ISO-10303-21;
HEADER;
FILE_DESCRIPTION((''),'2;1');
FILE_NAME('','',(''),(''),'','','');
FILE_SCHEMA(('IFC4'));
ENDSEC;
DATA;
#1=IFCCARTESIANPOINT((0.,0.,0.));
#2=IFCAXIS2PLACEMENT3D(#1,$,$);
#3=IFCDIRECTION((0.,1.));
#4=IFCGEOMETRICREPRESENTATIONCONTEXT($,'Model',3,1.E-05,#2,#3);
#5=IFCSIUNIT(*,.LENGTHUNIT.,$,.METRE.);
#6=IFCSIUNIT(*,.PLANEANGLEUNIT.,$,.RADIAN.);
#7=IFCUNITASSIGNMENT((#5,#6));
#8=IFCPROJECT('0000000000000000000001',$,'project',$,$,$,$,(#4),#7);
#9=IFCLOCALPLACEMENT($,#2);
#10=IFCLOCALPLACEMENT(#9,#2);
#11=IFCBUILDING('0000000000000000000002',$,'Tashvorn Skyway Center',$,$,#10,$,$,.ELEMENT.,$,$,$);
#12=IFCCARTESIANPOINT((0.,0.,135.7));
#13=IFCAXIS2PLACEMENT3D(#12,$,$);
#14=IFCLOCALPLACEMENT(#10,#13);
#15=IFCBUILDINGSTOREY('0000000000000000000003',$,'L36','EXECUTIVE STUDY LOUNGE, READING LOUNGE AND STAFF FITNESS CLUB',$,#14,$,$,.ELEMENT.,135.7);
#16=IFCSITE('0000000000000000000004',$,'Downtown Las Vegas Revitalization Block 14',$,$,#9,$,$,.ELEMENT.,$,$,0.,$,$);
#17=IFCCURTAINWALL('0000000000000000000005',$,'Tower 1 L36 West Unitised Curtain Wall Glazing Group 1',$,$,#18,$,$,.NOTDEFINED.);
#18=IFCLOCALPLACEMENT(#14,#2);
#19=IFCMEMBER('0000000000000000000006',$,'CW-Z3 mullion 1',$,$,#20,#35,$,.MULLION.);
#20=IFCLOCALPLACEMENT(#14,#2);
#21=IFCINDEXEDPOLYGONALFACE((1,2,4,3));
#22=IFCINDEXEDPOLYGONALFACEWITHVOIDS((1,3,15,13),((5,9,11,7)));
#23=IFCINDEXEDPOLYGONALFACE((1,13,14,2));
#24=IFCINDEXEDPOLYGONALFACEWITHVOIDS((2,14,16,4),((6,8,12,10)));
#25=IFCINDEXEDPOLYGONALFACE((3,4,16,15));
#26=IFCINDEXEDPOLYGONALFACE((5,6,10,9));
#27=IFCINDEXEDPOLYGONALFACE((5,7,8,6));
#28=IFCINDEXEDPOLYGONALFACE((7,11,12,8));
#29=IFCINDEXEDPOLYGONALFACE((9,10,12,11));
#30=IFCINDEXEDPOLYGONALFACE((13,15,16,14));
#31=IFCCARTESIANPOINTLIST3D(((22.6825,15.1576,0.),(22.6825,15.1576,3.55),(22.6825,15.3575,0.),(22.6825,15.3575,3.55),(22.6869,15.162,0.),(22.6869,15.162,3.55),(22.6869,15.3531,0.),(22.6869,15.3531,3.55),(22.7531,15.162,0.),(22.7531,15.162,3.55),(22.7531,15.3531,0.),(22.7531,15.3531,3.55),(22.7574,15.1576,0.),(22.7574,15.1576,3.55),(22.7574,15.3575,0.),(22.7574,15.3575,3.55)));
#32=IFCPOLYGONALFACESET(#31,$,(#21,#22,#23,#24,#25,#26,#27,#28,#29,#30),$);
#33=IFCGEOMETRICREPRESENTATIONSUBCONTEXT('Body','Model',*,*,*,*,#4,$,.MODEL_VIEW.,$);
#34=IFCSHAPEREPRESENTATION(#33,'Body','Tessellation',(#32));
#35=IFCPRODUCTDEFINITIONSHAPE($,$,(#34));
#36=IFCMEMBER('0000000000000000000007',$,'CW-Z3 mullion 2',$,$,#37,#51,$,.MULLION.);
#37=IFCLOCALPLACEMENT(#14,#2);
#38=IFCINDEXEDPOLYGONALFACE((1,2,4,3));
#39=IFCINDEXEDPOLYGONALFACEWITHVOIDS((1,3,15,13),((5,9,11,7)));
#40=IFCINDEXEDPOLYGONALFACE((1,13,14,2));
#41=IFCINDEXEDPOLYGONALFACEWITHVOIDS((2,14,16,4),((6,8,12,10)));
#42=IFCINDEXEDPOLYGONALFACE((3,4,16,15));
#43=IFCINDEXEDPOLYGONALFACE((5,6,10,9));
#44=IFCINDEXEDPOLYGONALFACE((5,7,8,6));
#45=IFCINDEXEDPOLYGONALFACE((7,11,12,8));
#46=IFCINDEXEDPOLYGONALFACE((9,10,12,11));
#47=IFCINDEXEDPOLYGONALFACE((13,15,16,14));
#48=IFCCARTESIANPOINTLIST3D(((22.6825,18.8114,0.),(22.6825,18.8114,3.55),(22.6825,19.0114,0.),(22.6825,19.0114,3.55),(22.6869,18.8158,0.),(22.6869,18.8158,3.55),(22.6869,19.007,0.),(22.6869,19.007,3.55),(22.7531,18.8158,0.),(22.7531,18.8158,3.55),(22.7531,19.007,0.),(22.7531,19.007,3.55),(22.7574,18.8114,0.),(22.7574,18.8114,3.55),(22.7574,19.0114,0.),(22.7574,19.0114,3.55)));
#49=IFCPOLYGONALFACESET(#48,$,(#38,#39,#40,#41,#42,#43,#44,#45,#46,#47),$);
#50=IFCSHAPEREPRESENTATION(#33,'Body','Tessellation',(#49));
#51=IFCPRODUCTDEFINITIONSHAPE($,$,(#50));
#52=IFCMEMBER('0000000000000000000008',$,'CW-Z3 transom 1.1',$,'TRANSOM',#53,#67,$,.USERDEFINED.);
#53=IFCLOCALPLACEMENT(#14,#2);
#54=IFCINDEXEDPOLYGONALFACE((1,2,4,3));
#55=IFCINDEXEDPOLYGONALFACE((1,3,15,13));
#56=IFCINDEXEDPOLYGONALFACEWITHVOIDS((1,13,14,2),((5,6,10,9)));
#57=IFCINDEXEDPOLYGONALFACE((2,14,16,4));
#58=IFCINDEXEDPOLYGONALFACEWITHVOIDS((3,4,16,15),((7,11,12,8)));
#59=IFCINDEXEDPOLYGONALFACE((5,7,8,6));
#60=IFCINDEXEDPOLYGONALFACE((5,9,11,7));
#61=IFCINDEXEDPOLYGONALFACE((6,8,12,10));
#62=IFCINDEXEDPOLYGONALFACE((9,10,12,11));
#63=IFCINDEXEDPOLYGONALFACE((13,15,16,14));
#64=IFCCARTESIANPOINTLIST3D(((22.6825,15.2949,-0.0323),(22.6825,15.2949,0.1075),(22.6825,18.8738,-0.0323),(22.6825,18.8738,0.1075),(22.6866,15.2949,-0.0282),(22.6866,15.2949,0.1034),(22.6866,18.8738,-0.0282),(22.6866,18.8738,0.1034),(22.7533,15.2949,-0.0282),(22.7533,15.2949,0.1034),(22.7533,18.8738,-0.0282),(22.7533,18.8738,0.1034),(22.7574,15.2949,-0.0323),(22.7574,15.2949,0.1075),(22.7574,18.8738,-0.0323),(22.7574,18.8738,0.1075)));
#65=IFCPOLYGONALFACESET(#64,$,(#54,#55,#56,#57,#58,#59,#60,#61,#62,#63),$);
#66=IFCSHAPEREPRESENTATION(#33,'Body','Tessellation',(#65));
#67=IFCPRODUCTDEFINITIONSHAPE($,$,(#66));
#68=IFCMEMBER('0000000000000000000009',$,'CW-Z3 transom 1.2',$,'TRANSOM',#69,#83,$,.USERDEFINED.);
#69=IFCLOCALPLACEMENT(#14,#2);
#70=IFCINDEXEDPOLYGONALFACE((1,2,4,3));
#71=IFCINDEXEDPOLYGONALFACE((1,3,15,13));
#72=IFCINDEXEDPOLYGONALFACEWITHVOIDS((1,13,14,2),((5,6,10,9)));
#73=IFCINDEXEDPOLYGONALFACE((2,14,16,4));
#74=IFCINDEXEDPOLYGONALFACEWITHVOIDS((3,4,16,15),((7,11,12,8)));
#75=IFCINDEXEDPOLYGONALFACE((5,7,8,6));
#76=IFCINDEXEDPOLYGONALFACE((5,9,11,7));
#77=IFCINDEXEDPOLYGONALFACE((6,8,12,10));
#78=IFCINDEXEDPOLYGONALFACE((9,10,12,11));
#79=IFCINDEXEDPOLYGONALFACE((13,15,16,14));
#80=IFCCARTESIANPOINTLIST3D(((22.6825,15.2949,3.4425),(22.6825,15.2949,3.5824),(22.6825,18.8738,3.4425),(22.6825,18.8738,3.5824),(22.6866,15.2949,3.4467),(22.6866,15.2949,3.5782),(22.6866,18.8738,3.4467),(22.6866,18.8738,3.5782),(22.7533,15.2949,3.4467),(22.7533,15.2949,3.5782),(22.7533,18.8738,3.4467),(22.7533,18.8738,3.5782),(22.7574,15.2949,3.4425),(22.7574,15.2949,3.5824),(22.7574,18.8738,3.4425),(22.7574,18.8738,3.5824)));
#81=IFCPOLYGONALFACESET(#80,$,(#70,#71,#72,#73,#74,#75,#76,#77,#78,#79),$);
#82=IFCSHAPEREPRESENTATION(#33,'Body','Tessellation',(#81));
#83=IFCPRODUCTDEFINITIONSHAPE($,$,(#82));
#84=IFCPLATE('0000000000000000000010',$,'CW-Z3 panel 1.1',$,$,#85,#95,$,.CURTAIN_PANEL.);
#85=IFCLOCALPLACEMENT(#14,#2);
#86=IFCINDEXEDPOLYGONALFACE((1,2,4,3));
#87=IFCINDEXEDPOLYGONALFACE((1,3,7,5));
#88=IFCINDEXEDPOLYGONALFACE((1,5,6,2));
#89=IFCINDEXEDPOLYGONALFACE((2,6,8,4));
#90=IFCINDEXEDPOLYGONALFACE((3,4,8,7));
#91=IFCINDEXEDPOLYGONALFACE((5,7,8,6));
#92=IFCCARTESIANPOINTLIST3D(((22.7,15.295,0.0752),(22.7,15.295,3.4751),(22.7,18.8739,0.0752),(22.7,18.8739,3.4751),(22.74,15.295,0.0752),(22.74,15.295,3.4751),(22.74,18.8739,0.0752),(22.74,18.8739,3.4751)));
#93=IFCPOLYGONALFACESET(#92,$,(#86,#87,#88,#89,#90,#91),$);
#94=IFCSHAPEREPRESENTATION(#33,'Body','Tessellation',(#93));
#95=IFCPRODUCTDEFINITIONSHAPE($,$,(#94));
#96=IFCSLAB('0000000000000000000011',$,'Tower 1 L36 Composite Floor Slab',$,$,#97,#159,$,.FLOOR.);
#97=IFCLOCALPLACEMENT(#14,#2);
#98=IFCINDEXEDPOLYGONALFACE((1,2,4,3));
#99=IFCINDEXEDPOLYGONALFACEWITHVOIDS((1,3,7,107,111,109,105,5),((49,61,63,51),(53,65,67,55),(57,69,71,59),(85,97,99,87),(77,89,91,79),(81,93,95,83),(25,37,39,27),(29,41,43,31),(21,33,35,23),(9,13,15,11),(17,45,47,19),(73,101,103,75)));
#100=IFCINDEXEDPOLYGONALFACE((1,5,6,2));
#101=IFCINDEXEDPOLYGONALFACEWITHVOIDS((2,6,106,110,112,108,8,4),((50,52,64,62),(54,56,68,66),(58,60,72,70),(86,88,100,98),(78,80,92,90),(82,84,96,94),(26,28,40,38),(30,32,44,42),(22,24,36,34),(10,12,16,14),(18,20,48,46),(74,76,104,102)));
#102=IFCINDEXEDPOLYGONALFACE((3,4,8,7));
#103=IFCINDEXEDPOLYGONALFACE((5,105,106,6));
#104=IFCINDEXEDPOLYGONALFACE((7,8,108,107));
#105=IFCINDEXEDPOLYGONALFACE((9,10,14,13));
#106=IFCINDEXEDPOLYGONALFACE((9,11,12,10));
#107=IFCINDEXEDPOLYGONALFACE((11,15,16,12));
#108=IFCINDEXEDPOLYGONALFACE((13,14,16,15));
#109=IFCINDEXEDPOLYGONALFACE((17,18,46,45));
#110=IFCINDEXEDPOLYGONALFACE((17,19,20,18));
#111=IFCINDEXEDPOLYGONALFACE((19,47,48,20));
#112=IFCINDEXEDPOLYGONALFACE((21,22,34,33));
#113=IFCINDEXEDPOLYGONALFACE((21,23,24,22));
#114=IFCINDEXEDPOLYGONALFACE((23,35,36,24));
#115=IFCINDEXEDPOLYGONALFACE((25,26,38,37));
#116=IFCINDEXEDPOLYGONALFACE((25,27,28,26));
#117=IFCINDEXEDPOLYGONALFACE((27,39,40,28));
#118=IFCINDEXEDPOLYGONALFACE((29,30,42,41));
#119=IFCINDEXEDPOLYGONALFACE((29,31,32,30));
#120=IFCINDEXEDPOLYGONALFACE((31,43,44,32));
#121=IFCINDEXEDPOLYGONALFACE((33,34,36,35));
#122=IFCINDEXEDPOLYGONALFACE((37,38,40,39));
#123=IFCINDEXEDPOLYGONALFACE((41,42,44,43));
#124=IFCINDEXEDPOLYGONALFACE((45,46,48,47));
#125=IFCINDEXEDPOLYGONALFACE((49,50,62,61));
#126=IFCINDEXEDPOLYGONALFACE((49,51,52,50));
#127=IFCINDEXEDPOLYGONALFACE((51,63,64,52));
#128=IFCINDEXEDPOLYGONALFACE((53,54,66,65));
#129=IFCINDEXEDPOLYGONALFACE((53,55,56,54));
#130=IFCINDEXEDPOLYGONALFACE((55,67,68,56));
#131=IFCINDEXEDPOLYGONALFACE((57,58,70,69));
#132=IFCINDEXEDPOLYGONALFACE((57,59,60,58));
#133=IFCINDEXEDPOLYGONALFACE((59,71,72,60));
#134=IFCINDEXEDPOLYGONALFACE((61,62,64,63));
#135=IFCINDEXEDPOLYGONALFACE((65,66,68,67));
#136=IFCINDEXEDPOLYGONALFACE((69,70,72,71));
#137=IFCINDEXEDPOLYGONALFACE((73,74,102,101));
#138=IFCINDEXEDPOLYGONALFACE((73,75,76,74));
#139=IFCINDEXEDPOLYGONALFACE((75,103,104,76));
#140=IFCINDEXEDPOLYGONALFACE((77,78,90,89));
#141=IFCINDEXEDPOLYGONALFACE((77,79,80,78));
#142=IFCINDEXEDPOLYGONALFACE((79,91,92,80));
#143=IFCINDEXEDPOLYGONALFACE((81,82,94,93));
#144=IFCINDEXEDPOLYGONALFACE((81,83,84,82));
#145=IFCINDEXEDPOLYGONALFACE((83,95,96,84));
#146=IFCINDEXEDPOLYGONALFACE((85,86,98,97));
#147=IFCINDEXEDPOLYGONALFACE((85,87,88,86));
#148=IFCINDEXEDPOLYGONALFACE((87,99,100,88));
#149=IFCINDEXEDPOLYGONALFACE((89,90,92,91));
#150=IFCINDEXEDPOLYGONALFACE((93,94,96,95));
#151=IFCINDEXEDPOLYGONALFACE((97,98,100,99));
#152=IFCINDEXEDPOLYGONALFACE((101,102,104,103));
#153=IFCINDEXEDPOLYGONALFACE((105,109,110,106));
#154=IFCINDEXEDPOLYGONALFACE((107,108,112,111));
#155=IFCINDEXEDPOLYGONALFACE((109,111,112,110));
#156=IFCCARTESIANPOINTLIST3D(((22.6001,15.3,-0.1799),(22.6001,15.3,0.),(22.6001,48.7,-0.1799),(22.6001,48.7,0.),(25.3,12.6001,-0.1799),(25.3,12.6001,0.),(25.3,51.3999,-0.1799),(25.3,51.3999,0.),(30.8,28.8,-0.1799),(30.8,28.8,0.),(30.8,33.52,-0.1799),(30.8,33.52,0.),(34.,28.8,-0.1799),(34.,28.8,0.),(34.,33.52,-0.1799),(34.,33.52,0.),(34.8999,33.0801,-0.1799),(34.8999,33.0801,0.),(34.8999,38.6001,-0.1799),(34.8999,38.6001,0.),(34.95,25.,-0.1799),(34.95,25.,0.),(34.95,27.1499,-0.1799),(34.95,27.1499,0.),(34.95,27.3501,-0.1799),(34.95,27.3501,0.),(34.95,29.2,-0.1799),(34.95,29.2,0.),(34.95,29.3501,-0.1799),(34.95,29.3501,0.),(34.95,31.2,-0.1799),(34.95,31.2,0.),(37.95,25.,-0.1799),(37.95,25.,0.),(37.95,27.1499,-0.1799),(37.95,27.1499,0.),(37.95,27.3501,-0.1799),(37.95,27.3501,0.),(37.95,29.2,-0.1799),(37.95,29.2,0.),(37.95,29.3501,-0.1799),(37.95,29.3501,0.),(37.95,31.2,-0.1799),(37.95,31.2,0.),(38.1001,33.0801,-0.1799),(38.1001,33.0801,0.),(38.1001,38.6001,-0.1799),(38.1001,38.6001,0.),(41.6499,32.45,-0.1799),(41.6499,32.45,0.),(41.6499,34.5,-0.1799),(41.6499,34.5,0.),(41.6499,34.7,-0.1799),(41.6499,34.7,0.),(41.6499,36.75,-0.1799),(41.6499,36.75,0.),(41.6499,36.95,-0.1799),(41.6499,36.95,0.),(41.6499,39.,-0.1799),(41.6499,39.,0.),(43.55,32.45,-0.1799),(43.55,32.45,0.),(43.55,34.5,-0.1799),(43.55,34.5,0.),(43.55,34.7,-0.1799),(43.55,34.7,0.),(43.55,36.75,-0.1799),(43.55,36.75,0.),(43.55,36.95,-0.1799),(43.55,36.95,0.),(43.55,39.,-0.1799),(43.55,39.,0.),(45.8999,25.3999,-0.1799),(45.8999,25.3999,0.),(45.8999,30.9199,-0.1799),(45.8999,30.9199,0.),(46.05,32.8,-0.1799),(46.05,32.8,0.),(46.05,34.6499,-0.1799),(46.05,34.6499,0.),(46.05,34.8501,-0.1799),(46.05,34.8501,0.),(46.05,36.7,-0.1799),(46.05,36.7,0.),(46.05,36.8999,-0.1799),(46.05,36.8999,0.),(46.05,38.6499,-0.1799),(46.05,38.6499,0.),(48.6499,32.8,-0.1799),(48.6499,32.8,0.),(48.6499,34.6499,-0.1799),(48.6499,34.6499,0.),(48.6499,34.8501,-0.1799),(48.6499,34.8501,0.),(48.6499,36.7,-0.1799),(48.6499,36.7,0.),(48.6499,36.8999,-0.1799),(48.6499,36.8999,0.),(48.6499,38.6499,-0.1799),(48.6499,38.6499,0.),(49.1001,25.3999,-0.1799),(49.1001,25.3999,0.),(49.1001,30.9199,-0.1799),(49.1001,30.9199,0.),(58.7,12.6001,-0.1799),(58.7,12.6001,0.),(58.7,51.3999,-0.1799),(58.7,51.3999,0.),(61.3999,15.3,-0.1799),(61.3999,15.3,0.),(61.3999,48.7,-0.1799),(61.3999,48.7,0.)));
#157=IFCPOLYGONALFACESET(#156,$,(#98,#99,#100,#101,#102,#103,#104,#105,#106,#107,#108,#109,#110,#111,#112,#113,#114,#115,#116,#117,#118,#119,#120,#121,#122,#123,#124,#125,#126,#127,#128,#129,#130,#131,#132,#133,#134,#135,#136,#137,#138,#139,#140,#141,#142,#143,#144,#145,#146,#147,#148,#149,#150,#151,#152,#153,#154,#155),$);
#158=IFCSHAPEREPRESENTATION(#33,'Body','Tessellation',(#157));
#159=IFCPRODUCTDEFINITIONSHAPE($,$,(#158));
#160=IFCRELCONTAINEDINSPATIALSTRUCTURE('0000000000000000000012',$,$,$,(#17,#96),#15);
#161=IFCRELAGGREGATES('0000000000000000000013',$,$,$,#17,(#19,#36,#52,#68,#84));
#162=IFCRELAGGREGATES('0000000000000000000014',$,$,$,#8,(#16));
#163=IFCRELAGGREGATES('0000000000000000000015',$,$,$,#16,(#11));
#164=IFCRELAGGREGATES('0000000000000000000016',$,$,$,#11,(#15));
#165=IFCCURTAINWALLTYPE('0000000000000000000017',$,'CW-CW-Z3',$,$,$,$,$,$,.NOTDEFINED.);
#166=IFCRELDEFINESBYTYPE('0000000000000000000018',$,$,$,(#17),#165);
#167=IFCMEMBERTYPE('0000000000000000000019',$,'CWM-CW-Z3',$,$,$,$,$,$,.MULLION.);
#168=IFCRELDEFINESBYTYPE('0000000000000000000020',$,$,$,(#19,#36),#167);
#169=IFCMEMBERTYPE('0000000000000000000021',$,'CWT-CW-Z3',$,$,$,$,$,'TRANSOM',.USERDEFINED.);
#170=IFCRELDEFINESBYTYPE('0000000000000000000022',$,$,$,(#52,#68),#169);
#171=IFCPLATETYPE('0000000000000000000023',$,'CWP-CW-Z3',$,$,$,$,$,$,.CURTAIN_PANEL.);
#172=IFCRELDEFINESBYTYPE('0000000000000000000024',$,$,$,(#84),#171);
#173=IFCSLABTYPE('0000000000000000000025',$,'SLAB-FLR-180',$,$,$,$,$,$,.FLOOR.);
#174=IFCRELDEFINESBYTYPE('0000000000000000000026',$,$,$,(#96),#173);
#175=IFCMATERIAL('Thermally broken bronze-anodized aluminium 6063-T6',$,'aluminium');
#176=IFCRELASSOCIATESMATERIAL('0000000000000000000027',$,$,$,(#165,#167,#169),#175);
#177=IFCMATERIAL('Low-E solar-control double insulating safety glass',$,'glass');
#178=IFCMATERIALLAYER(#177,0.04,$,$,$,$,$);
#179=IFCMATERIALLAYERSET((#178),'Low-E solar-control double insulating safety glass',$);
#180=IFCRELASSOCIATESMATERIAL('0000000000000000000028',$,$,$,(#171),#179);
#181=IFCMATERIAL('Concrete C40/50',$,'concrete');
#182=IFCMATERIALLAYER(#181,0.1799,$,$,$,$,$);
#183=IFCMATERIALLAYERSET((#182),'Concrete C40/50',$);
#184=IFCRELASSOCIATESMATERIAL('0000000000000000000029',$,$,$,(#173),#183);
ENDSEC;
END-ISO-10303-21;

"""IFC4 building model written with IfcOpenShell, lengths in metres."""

from ifc_helpers import new_model, si_unit, direction, frame, origin, origin_2d, place, context, subcontext, project, spatial, polyline, rectangle, hollow_rectangle, outline, extrude, material, layer, layer_set, material_profile, profile_set, type_object, element, aggregate, save


model = new_model("IFC4")

# Units and contexts
model_context = context("Model", 3, precision=1e-05, world=origin(), true_north=direction((0.0, 1.0)))
body_context = subcontext(model_context, "Body", "Model", "MODEL_VIEW")
ifc_project = project(units=[si_unit("LENGTHUNIT", "METRE"), si_unit("PLANEANGLEUNIT", "RADIAN")], contexts=[model_context])

# Site, building, storey
site_placement = place(None, origin())
site = spatial("IfcSite", under=ifc_project, at=site_placement, Name="Downtown Las Vegas Revitalization Block 14", CompositionType="ELEMENT", RefElevation=0.0)
building_placement = place(site_placement, origin())
building = spatial("IfcBuilding", under=site, at=building_placement, Name="Tashvorn Skyway Center", CompositionType="ELEMENT")
storey_placement = place(building_placement, frame((0.0, 0.0, 135.7)))
storey = spatial("IfcBuildingStorey", under=building, at=storey_placement, Name="L36", Description="EXECUTIVE STUDY LOUNGE, READING LOUNGE AND STAFF FITNESS CLUB", CompositionType="ELEMENT", Elevation=135.7)

# Curtain wall, members, plate
ifc_material_1 = material(Name="Thermally broken bronze-anodized aluminium 6063-T6", Category="aluminium")
curtain_wall_type = type_object("IfcCurtainWallType", Name="CW-CW-Z3", PredefinedType="NOTDEFINED", material=ifc_material_1)
curtain_wall_placement = place(storey_placement, origin())
curtain_wall = element("IfcCurtainWall", 1, at=curtain_wall_placement, inside=storey, type_object=curtain_wall_type, Name="Tower 1 L36 West Unitised Curtain Wall Glazing Group 1", PredefinedType="NOTDEFINED")
ifc_material_profile_1 = material_profile(ifc_material_1, hollow_rectangle(XDim=0.075, YDim=0.2, WallThickness=0.0044, at=origin_2d()), Name="ALU-MULL-75x200")
ifc_profile_set_1 = profile_set([ifc_material_profile_1], Name="Thermally broken bronze-anodized aluminium 6063-T6")
member_type_1 = type_object("IfcMemberType", Name="CWM-CW-Z3", PredefinedType="MULLION", material=ifc_profile_set_1)
member_1_placement = place(storey_placement, frame((22.72, 15.2576, 0.0), z_axis=(0.0, 0.0, 1.0), x_axis=(-1.0, 0.0, 0.0)))
member_1 = element("IfcMember", 2, at=member_1_placement, type_object=member_type_1, Name="CW-Z3 mullion 1", PredefinedType="MULLION", context=body_context, shape_type="SweptSolid", body=[
    extrude(hollow_rectangle(XDim=0.075, YDim=0.2, WallThickness=0.0044, at=origin_2d()), origin(), (0.0, 0.0, 1.0), 3.55),
])
member_2_placement = place(storey_placement, frame((22.72, 18.9114, 0.0), z_axis=(0.0, 0.0, 1.0), x_axis=(-1.0, 0.0, 0.0)))
member_2 = element("IfcMember", 3, at=member_2_placement, type_object=member_type_1, Name="CW-Z3 mullion 2", PredefinedType="MULLION", context=body_context, shape_type="SweptSolid", body=[
    extrude(hollow_rectangle(XDim=0.075, YDim=0.2, WallThickness=0.0044, at=origin_2d()), origin(), (0.0, 0.0, 1.0), 3.55),
])
ifc_material_profile_2 = material_profile(ifc_material_1, hollow_rectangle(XDim=0.075, YDim=0.1399, WallThickness=0.0042, at=origin_2d()), Name="ALU-TRAN-75x140")
ifc_profile_set_2 = profile_set([ifc_material_profile_2], Name="Thermally broken bronze-anodized aluminium 6063-T6")
member_type_2 = type_object("IfcMemberType", Name="CWT-CW-Z3", ElementType="TRANSOM", PredefinedType="USERDEFINED", material=ifc_profile_set_2)
member_3_placement = place(storey_placement, frame((22.72, 15.2949, 0.0376), z_axis=(0.0, 1.0, 0.0), x_axis=(-1.0, 0.0, 0.0)))
member_3 = element("IfcMember", 4, at=member_3_placement, type_object=member_type_2, Name="CW-Z3 transom 1.1", ObjectType="TRANSOM", PredefinedType="USERDEFINED", context=body_context, shape_type="SweptSolid", body=[
    extrude(hollow_rectangle(XDim=0.075, YDim=0.1399, WallThickness=0.0042, at=origin_2d()), origin(), (0.0, 0.0, 1.0), 3.5789),
])
member_4_placement = place(storey_placement, frame((22.72, 15.2949, 3.5125), z_axis=(0.0, 1.0, 0.0), x_axis=(-1.0, 0.0, 0.0)))
member_4 = element("IfcMember", 5, at=member_4_placement, type_object=member_type_2, Name="CW-Z3 transom 1.2", ObjectType="TRANSOM", PredefinedType="USERDEFINED", context=body_context, shape_type="SweptSolid", body=[
    extrude(hollow_rectangle(XDim=0.075, YDim=0.1399, WallThickness=0.0042, at=origin_2d()), origin(), (0.0, 0.0, 1.0), 3.5789),
])
ifc_material_2 = material(Name="Low-E solar-control double insulating safety glass", Category="glass")
ifc_layer_1 = layer(ifc_material_2, 0.04)
ifc_layer_set_1 = layer_set([ifc_layer_1], Name="Low-E solar-control double insulating safety glass")
plate_type = type_object("IfcPlateType", Name="CWP-CW-Z3", PredefinedType="CURTAIN_PANEL", material=ifc_layer_set_1)
plate_placement = place(storey_placement, frame((22.72, 17.0845, 0.0752), z_axis=(0.0, 0.0, 1.0), x_axis=(0.0, 1.0, 0.0)))
plate = element("IfcPlate", 6, at=plate_placement, type_object=plate_type, Name="CW-Z3 panel 1.1", PredefinedType="CURTAIN_PANEL", context=body_context, shape_type="SweptSolid", body=[
    extrude(rectangle(XDim=3.5789, YDim=0.04, at=origin_2d()), origin(), (0.0, 0.0, 1.0), 3.3999),
])
aggregate(curtain_wall, [member_1, member_2, member_3, member_4, plate])

# Slab
ifc_material_3 = material(Name="Concrete C40/50", Category="concrete")
ifc_layer_2 = layer(ifc_material_3, 0.1799)
ifc_layer_set_2 = layer_set([ifc_layer_2], Name="Concrete C40/50")
slab_type_1 = type_object("IfcSlabType", Name="SLAB-FLR-180", PredefinedType="FLOOR", material=ifc_layer_set_2)
slab_1_placement = place(storey_placement, frame((0.0, 0.0, -0.1799)))
element("IfcSlab", 7, at=slab_1_placement, inside=storey, type_object=slab_type_1, Name="Tower 1 L36 Composite Floor Slab", PredefinedType="FLOOR", context=body_context, shape_type="SweptSolid", body=[
    extrude(outline(polyline([(25.3, 12.6001), (58.7, 12.6001), (61.3999, 15.3), (61.3999, 48.7), (58.7, 51.3999), (25.3, 51.3999), (22.6001, 48.7), (22.6001, 15.3), (25.3, 12.6001)]), holes=[polyline([(38.1001, 33.0801), (38.1001, 38.6001), (34.8999, 38.6001), (34.8999, 33.0801), (38.1001, 33.0801)]), polyline([(45.8999, 30.9199), (45.8999, 25.3999), (49.1001, 25.3999), (49.1001, 30.9199), (45.8999, 30.9199)]), polyline([(30.8, 33.52), (30.8, 28.8), (34.0, 28.8), (34.0, 33.52), (30.8, 33.52)]), polyline([(34.95, 29.3501), (37.95, 29.3501), (37.95, 31.2), (34.95, 31.2), (34.95, 29.3501)]), polyline([(34.95, 27.3501), (37.95, 27.3501), (37.95, 29.2), (34.95, 29.2), (34.95, 27.3501)]), polyline([(34.95, 25.0), (37.95, 25.0), (37.95, 27.1499), (34.95, 27.1499), (34.95, 25.0)]), polyline([(41.6499, 32.45), (43.55, 32.45), (43.55, 34.5), (41.6499, 34.5), (41.6499, 32.45)]), polyline([(41.6499, 34.7), (43.55, 34.7), (43.55, 36.75), (41.6499, 36.75), (41.6499, 34.7)]), polyline([(41.6499, 36.95), (43.55, 36.95), (43.55, 39.0), (41.6499, 39.0), (41.6499, 36.95)]), polyline([(46.05, 32.8), (48.6499, 32.8), (48.6499, 34.6499), (46.05, 34.6499), (46.05, 32.8)]), polyline([(46.05, 34.8501), (48.6499, 34.8501), (48.6499, 36.7), (46.05, 36.7), (46.05, 34.8501)]), polyline([(46.05, 36.8999), (48.6499, 36.8999), (48.6499, 38.6499), (46.05, 38.6499), (46.05, 36.8999)])]), origin(), (0.0, 0.0, 1.0), 0.1799),
])

save(model, "model.ifc")
